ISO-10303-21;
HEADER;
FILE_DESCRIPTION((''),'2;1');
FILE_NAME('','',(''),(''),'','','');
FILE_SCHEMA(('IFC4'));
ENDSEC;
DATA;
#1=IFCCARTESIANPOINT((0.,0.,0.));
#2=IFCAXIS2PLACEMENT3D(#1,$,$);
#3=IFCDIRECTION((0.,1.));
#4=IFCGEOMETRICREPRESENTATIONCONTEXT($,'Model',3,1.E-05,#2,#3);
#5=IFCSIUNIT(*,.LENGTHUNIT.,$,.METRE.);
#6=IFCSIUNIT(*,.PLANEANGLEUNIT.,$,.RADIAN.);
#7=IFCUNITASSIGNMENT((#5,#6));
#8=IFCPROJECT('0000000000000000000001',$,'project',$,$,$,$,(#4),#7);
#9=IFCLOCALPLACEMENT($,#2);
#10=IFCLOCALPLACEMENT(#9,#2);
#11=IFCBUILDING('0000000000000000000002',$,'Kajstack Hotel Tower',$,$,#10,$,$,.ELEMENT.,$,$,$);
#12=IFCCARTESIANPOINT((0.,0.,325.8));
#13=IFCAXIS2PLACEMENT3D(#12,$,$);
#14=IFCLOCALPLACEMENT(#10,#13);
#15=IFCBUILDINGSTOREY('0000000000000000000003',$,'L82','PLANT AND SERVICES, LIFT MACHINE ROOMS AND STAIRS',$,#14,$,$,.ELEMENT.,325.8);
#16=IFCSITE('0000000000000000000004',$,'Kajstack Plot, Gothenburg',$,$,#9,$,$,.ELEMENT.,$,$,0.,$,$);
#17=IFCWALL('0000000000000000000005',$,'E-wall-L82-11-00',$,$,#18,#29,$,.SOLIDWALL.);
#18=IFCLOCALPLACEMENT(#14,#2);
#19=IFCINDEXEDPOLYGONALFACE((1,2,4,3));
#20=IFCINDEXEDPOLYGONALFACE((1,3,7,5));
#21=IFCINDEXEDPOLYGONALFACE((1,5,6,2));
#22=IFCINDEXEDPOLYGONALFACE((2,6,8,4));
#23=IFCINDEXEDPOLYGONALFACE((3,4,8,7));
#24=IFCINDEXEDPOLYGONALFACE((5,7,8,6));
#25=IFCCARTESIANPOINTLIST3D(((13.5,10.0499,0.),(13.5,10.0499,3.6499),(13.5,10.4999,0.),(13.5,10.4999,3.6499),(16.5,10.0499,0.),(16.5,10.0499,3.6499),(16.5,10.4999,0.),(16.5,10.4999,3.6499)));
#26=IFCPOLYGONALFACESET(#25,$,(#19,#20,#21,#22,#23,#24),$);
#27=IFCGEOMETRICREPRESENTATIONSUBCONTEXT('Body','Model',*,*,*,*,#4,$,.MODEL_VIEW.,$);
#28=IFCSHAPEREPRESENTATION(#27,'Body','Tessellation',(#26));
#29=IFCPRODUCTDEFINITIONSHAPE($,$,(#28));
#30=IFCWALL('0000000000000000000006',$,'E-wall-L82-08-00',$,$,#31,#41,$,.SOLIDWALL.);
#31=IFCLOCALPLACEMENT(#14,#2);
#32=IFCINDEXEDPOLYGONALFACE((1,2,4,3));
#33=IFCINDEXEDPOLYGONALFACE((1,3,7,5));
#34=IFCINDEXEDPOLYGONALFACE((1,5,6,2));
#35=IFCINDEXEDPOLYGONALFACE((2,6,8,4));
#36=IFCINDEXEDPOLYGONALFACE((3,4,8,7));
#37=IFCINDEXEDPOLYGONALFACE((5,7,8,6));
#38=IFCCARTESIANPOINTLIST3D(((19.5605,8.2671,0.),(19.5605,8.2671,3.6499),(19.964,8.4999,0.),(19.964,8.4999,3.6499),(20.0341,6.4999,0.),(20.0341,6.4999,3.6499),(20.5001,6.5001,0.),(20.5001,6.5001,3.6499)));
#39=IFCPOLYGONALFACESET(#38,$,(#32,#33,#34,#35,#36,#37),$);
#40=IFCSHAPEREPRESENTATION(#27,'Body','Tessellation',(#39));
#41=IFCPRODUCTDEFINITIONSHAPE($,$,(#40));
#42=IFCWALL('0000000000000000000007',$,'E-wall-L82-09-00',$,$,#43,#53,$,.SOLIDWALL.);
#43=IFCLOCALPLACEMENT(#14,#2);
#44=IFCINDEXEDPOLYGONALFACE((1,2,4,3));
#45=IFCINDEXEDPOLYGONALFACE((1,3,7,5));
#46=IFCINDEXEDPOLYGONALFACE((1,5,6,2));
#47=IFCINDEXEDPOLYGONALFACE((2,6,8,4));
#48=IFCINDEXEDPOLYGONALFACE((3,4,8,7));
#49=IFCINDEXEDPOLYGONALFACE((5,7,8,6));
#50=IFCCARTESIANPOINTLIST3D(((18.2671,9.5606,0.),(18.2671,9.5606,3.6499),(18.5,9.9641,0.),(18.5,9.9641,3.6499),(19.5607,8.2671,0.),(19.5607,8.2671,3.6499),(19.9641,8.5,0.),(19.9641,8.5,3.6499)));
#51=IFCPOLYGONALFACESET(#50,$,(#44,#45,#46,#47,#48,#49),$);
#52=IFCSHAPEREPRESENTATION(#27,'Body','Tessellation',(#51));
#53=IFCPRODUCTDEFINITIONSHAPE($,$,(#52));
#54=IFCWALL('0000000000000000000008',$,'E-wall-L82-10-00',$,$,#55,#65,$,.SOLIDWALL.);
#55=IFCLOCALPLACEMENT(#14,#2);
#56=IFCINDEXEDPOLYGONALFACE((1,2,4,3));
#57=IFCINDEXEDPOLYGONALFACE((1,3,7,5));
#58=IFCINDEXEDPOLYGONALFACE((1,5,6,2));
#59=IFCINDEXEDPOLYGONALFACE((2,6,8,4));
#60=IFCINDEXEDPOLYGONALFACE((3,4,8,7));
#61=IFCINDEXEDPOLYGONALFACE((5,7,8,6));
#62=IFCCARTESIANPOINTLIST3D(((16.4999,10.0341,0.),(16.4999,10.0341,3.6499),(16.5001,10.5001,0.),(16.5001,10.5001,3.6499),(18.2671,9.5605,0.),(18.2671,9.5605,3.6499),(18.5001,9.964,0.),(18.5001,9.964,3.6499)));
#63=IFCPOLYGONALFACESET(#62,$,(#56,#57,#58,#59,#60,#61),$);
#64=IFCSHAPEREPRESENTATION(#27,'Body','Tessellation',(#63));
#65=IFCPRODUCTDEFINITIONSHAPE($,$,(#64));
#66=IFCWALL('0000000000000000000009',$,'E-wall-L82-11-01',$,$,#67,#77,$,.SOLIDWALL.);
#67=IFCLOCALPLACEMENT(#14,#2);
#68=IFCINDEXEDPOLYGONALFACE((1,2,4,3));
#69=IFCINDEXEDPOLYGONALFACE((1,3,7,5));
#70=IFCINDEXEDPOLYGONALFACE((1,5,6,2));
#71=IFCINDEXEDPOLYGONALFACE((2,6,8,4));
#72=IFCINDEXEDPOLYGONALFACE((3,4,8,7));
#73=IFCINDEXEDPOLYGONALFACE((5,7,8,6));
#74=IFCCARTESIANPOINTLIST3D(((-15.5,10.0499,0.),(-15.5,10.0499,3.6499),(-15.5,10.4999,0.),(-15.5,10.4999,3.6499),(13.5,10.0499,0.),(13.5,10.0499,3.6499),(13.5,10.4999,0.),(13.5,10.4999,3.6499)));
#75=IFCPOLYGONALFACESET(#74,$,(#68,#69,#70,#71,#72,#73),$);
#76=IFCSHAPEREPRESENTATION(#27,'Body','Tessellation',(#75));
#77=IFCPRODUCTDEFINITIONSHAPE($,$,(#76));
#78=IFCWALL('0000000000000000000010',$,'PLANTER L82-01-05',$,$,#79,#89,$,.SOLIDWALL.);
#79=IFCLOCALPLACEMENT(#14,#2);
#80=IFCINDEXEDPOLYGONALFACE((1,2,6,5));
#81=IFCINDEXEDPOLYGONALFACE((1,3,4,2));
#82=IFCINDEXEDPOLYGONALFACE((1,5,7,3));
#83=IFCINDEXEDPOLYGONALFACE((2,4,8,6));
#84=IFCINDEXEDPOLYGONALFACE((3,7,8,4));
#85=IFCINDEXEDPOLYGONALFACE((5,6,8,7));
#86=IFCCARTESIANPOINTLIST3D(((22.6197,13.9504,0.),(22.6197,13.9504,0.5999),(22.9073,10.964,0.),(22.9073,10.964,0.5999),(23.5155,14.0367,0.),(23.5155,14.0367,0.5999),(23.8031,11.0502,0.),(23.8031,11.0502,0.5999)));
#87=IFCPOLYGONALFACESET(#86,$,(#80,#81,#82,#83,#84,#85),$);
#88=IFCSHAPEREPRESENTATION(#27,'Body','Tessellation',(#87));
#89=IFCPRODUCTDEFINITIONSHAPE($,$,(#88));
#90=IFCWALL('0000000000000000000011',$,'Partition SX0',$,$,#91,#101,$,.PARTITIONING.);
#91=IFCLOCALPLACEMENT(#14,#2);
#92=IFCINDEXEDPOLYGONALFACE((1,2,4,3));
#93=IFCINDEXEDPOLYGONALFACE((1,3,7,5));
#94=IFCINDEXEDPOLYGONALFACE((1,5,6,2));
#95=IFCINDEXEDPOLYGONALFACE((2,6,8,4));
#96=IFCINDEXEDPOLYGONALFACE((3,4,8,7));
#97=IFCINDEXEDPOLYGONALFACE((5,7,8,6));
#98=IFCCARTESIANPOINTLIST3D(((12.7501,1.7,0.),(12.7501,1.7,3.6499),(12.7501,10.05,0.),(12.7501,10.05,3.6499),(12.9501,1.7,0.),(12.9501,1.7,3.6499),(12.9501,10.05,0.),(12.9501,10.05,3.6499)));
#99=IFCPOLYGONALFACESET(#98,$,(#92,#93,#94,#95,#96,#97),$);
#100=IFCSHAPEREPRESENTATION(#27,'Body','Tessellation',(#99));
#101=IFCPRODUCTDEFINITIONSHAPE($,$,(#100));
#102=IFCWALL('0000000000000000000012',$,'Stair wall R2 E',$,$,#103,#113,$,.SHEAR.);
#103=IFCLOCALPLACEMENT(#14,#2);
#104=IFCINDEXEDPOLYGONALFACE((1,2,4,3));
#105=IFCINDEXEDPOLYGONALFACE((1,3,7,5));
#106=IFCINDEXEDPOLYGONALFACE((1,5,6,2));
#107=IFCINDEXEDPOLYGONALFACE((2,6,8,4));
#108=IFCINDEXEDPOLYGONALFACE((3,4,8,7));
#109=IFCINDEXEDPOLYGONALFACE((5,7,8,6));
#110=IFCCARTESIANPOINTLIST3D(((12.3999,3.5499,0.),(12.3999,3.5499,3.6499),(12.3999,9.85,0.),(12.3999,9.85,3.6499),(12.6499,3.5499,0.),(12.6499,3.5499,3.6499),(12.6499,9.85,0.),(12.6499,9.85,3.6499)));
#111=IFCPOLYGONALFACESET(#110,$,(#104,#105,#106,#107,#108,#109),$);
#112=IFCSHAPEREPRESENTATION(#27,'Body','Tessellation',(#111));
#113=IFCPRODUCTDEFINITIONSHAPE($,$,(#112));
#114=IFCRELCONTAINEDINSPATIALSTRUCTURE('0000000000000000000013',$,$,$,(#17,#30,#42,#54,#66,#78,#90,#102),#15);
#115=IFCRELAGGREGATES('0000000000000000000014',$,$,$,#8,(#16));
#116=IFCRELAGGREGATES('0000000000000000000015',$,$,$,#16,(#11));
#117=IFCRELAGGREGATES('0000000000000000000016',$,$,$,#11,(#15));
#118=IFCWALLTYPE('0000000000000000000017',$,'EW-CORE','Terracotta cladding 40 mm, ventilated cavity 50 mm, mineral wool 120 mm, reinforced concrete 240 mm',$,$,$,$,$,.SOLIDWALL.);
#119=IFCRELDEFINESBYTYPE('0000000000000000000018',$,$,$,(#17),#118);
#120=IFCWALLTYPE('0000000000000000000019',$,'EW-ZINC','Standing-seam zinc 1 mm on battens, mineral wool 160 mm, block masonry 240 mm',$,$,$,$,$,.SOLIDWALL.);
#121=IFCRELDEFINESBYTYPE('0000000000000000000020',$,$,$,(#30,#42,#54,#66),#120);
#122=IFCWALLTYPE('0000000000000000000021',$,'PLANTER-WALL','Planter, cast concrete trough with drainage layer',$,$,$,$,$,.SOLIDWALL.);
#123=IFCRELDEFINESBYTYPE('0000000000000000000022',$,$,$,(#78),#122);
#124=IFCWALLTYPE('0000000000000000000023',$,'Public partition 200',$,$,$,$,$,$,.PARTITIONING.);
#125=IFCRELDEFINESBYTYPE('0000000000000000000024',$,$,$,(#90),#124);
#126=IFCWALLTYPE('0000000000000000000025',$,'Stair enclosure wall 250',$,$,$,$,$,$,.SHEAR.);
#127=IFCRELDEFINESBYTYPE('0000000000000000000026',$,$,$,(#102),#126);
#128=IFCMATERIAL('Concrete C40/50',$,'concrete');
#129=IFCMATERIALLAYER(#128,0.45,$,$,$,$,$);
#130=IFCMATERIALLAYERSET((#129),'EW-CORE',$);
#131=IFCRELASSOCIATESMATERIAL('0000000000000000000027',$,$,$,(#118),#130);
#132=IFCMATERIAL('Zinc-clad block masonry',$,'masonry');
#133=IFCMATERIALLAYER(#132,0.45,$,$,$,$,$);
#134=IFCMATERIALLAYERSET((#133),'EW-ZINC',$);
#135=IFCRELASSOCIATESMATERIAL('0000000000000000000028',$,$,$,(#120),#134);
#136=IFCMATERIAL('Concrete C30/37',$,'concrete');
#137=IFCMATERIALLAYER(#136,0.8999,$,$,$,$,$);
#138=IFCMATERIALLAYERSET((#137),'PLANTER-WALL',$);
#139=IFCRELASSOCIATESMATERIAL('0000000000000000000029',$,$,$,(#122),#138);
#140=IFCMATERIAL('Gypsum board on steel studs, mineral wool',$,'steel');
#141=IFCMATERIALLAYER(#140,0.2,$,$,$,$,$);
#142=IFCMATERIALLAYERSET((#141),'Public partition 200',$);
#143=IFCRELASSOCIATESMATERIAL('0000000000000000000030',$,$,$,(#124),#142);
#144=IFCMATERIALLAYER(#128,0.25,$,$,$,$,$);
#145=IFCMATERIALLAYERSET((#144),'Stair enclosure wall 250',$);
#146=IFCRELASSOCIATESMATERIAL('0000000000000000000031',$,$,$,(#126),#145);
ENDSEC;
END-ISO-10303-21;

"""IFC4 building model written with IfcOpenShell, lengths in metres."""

from ifc_helpers import new_model, si_unit, direction, frame, frame_2d, origin, place, context, subcontext, project, spatial, polyline, rectangle, outline, extrude, material, layer, layer_set, type_object, element, save


model = new_model("IFC4")

# Units and contexts
model_context = context("Model", 3, precision=1e-05, world=origin(), true_north=direction((0.0, 1.0)))
body_context = subcontext(model_context, "Body", "Model", "MODEL_VIEW")
ifc_project = project(units=[si_unit("LENGTHUNIT", "METRE"), si_unit("PLANEANGLEUNIT", "RADIAN")], contexts=[model_context])

# Site, building, storey
site_placement = place(None, origin())
site = spatial("IfcSite", under=ifc_project, at=site_placement, Name="Kajstack Plot, Gothenburg", CompositionType="ELEMENT", RefElevation=0.0)
building_placement = place(site_placement, origin())
building = spatial("IfcBuilding", under=site, at=building_placement, Name="Kajstack Hotel Tower", CompositionType="ELEMENT")
storey_placement = place(building_placement, frame((0.0, 0.0, 325.8)))
storey = spatial("IfcBuildingStorey", under=building, at=storey_placement, Name="L82", Description="PLANT AND SERVICES, LIFT MACHINE ROOMS AND STAIRS", CompositionType="ELEMENT", Elevation=325.8)

# Walls
ifc_material_1 = material(Name="Concrete C40/50", Category="concrete")
ifc_layer_1 = layer(ifc_material_1, 0.45)
ifc_layer_set_1 = layer_set([ifc_layer_1], Name="EW-CORE")
wall_type_1 = type_object("IfcWallType", Name="EW-CORE", Description="Terracotta cladding 40 mm, ventilated cavity 50 mm, mineral wool 120 mm, reinforced concrete 240 mm", PredefinedType="SOLIDWALL", material=ifc_layer_set_1)
wall_1_placement = place(storey_placement, frame((16.5, 10.2749, 0.0), z_axis=(0.0, 0.0, 1.0), x_axis=(-1.0, 0.0, 0.0)))
element("IfcWall", 1, at=wall_1_placement, inside=storey, type_object=wall_type_1, Name="E-wall-L82-11-00", PredefinedType="SOLIDWALL", context=body_context, shape_type="SweptSolid", body=[
    extrude(rectangle(XDim=3.0, YDim=0.45, at=frame_2d((1.5, 0.0))), origin(), (0.0, 0.0, 1.0), 3.6499),
])
ifc_material_2 = material(Name="Zinc-clad block masonry", Category="masonry")
ifc_layer_2 = layer(ifc_material_2, 0.45)
ifc_layer_set_2 = layer_set([ifc_layer_2], Name="EW-ZINC")
wall_type_2 = type_object("IfcWallType", Name="EW-ZINC", Description="Standing-seam zinc 1 mm on battens, mineral wool 160 mm, block masonry 240 mm", PredefinedType="SOLIDWALL", material=ifc_layer_set_2)
wall_2_placement = place(storey_placement, frame((20.2827, 6.4417, 0.0), z_axis=(0.0, 0.0, 1.0), x_axis=(-0.258815, 0.965927, 0.0)))
element("IfcWall", 2, at=wall_2_placement, inside=storey, type_object=wall_type_2, Name="E-wall-L82-08-00", PredefinedType="SOLIDWALL", context=body_context, shape_type="SweptSolid", body=[
    extrude(outline(polyline([(0.0002, -0.2251), (2.0706, -0.2249), (1.9502, 0.2251), (0.1206, 0.2251), (0.0002, -0.2251)])), origin(), (0.0, 0.0, 1.0), 3.6499),
])
wall_3_placement = place(storey_placement, frame((19.8049, 8.3408, 0.0), z_axis=(0.0, 0.0, 1.0), x_axis=(-0.707107, 0.707107, 0.0)))
element("IfcWall", 3, at=wall_3_placement, inside=storey, type_object=wall_type_2, Name="E-wall-L82-09-00", PredefinedType="SOLIDWALL", context=body_context, shape_type="SweptSolid", body=[
    extrude(outline(polyline([(0.0, -0.2251), (2.0706, -0.2251), (1.95, 0.2249), (0.1206, 0.2249), (0.0, -0.2251)])), origin(), (0.0, 0.0, 1.0), 3.6499),
])
wall_4_placement = place(storey_placement, frame((18.4417, 9.7468, 0.0), z_axis=(0.0, 0.0, 1.0), x_axis=(-0.965927, 0.258815, 0.0)))
element("IfcWall", 4, at=wall_4_placement, inside=storey, type_object=wall_type_2, Name="E-wall-L82-10-00", PredefinedType="SOLIDWALL", context=body_context, shape_type="SweptSolid", body=[
    extrude(outline(polyline([(-0.0002, -0.2249), (2.0703, -0.2251), (1.95, 0.2251), (0.1204, 0.2251), (-0.0002, -0.2249)])), origin(), (0.0, 0.0, 1.0), 3.6499),
])
wall_5_placement = place(storey_placement, frame((13.5, 10.2749, 0.0), z_axis=(0.0, 0.0, 1.0), x_axis=(-1.0, 0.0, 0.0)))
element("IfcWall", 5, at=wall_5_placement, inside=storey, type_object=wall_type_2, Name="E-wall-L82-11-01", PredefinedType="SOLIDWALL", context=body_context, shape_type="SweptSolid", body=[
    extrude(rectangle(XDim=29.0, YDim=0.45, at=frame_2d((14.5, 0.0))), origin(), (0.0, 0.0, 1.0), 3.6499),
])
ifc_material_3 = material(Name="Concrete C30/37", Category="concrete")
ifc_layer_3 = layer(ifc_material_3, 0.8999)
ifc_layer_set_3 = layer_set([ifc_layer_3], Name="PLANTER-WALL")
wall_type_3 = type_object("IfcWallType", Name="PLANTER-WALL", Description="Planter, cast concrete trough with drainage layer", PredefinedType="SOLIDWALL", material=ifc_layer_set_3)
wall_6_placement = place(storey_placement, frame((23.0676, 13.9934, 0.0), z_axis=(0.0, 0.0, 1.0), x_axis=(0.095861, -0.995395, 0.0)))
element("IfcWall", 6, at=wall_6_placement, inside=storey, type_object=wall_type_3, Name="PLANTER L82-01-05", PredefinedType="SOLIDWALL", context=body_context, shape_type="SweptSolid", body=[
    extrude(rectangle(XDim=3.0002, YDim=0.8999, at=frame_2d((1.5, 0.0))), origin(), (0.0, 0.0, 1.0), 0.5999),
])
ifc_material_4 = material(Name="Gypsum board on steel studs, mineral wool", Category="steel")
ifc_layer_4 = layer(ifc_material_4, 0.2)
ifc_layer_set_4 = layer_set([ifc_layer_4], Name="Public partition 200")
wall_type_4 = type_object("IfcWallType", Name="Public partition 200", PredefinedType="PARTITIONING", material=ifc_layer_set_4)
wall_7_placement = place(storey_placement, frame((12.8501, 1.7, 0.0), z_axis=(0.0, 0.0, 1.0), x_axis=(0.0, 1.0, 0.0)))
element("IfcWall", 7, at=wall_7_placement, inside=storey, type_object=wall_type_4, Name="Partition SX0", PredefinedType="PARTITIONING", context=body_context, shape_type="SweptSolid", body=[
    extrude(rectangle(XDim=8.3501, YDim=0.2, at=frame_2d((4.175, 0.0))), origin(), (0.0, 0.0, 1.0), 3.6499),
])
ifc_layer_5 = layer(ifc_material_1, 0.25)
ifc_layer_set_5 = layer_set([ifc_layer_5], Name="Stair enclosure wall 250")
wall_type_5 = type_object("IfcWallType", Name="Stair enclosure wall 250", PredefinedType="SHEAR", material=ifc_layer_set_5)
wall_8_placement = place(storey_placement, frame((12.5249, 3.55, 0.0), z_axis=(0.0, 0.0, 1.0), x_axis=(0.0, 1.0, 0.0)))
element("IfcWall", 8, at=wall_8_placement, inside=storey, type_object=wall_type_5, Name="Stair wall R2 E", PredefinedType="SHEAR", context=body_context, shape_type="SweptSolid", body=[
    extrude(rectangle(XDim=6.3, YDim=0.25, at=frame_2d((3.1499, 0.0))), origin(), (0.0, 0.0, 1.0), 3.6499),
])

save(model, "model.ifc")
